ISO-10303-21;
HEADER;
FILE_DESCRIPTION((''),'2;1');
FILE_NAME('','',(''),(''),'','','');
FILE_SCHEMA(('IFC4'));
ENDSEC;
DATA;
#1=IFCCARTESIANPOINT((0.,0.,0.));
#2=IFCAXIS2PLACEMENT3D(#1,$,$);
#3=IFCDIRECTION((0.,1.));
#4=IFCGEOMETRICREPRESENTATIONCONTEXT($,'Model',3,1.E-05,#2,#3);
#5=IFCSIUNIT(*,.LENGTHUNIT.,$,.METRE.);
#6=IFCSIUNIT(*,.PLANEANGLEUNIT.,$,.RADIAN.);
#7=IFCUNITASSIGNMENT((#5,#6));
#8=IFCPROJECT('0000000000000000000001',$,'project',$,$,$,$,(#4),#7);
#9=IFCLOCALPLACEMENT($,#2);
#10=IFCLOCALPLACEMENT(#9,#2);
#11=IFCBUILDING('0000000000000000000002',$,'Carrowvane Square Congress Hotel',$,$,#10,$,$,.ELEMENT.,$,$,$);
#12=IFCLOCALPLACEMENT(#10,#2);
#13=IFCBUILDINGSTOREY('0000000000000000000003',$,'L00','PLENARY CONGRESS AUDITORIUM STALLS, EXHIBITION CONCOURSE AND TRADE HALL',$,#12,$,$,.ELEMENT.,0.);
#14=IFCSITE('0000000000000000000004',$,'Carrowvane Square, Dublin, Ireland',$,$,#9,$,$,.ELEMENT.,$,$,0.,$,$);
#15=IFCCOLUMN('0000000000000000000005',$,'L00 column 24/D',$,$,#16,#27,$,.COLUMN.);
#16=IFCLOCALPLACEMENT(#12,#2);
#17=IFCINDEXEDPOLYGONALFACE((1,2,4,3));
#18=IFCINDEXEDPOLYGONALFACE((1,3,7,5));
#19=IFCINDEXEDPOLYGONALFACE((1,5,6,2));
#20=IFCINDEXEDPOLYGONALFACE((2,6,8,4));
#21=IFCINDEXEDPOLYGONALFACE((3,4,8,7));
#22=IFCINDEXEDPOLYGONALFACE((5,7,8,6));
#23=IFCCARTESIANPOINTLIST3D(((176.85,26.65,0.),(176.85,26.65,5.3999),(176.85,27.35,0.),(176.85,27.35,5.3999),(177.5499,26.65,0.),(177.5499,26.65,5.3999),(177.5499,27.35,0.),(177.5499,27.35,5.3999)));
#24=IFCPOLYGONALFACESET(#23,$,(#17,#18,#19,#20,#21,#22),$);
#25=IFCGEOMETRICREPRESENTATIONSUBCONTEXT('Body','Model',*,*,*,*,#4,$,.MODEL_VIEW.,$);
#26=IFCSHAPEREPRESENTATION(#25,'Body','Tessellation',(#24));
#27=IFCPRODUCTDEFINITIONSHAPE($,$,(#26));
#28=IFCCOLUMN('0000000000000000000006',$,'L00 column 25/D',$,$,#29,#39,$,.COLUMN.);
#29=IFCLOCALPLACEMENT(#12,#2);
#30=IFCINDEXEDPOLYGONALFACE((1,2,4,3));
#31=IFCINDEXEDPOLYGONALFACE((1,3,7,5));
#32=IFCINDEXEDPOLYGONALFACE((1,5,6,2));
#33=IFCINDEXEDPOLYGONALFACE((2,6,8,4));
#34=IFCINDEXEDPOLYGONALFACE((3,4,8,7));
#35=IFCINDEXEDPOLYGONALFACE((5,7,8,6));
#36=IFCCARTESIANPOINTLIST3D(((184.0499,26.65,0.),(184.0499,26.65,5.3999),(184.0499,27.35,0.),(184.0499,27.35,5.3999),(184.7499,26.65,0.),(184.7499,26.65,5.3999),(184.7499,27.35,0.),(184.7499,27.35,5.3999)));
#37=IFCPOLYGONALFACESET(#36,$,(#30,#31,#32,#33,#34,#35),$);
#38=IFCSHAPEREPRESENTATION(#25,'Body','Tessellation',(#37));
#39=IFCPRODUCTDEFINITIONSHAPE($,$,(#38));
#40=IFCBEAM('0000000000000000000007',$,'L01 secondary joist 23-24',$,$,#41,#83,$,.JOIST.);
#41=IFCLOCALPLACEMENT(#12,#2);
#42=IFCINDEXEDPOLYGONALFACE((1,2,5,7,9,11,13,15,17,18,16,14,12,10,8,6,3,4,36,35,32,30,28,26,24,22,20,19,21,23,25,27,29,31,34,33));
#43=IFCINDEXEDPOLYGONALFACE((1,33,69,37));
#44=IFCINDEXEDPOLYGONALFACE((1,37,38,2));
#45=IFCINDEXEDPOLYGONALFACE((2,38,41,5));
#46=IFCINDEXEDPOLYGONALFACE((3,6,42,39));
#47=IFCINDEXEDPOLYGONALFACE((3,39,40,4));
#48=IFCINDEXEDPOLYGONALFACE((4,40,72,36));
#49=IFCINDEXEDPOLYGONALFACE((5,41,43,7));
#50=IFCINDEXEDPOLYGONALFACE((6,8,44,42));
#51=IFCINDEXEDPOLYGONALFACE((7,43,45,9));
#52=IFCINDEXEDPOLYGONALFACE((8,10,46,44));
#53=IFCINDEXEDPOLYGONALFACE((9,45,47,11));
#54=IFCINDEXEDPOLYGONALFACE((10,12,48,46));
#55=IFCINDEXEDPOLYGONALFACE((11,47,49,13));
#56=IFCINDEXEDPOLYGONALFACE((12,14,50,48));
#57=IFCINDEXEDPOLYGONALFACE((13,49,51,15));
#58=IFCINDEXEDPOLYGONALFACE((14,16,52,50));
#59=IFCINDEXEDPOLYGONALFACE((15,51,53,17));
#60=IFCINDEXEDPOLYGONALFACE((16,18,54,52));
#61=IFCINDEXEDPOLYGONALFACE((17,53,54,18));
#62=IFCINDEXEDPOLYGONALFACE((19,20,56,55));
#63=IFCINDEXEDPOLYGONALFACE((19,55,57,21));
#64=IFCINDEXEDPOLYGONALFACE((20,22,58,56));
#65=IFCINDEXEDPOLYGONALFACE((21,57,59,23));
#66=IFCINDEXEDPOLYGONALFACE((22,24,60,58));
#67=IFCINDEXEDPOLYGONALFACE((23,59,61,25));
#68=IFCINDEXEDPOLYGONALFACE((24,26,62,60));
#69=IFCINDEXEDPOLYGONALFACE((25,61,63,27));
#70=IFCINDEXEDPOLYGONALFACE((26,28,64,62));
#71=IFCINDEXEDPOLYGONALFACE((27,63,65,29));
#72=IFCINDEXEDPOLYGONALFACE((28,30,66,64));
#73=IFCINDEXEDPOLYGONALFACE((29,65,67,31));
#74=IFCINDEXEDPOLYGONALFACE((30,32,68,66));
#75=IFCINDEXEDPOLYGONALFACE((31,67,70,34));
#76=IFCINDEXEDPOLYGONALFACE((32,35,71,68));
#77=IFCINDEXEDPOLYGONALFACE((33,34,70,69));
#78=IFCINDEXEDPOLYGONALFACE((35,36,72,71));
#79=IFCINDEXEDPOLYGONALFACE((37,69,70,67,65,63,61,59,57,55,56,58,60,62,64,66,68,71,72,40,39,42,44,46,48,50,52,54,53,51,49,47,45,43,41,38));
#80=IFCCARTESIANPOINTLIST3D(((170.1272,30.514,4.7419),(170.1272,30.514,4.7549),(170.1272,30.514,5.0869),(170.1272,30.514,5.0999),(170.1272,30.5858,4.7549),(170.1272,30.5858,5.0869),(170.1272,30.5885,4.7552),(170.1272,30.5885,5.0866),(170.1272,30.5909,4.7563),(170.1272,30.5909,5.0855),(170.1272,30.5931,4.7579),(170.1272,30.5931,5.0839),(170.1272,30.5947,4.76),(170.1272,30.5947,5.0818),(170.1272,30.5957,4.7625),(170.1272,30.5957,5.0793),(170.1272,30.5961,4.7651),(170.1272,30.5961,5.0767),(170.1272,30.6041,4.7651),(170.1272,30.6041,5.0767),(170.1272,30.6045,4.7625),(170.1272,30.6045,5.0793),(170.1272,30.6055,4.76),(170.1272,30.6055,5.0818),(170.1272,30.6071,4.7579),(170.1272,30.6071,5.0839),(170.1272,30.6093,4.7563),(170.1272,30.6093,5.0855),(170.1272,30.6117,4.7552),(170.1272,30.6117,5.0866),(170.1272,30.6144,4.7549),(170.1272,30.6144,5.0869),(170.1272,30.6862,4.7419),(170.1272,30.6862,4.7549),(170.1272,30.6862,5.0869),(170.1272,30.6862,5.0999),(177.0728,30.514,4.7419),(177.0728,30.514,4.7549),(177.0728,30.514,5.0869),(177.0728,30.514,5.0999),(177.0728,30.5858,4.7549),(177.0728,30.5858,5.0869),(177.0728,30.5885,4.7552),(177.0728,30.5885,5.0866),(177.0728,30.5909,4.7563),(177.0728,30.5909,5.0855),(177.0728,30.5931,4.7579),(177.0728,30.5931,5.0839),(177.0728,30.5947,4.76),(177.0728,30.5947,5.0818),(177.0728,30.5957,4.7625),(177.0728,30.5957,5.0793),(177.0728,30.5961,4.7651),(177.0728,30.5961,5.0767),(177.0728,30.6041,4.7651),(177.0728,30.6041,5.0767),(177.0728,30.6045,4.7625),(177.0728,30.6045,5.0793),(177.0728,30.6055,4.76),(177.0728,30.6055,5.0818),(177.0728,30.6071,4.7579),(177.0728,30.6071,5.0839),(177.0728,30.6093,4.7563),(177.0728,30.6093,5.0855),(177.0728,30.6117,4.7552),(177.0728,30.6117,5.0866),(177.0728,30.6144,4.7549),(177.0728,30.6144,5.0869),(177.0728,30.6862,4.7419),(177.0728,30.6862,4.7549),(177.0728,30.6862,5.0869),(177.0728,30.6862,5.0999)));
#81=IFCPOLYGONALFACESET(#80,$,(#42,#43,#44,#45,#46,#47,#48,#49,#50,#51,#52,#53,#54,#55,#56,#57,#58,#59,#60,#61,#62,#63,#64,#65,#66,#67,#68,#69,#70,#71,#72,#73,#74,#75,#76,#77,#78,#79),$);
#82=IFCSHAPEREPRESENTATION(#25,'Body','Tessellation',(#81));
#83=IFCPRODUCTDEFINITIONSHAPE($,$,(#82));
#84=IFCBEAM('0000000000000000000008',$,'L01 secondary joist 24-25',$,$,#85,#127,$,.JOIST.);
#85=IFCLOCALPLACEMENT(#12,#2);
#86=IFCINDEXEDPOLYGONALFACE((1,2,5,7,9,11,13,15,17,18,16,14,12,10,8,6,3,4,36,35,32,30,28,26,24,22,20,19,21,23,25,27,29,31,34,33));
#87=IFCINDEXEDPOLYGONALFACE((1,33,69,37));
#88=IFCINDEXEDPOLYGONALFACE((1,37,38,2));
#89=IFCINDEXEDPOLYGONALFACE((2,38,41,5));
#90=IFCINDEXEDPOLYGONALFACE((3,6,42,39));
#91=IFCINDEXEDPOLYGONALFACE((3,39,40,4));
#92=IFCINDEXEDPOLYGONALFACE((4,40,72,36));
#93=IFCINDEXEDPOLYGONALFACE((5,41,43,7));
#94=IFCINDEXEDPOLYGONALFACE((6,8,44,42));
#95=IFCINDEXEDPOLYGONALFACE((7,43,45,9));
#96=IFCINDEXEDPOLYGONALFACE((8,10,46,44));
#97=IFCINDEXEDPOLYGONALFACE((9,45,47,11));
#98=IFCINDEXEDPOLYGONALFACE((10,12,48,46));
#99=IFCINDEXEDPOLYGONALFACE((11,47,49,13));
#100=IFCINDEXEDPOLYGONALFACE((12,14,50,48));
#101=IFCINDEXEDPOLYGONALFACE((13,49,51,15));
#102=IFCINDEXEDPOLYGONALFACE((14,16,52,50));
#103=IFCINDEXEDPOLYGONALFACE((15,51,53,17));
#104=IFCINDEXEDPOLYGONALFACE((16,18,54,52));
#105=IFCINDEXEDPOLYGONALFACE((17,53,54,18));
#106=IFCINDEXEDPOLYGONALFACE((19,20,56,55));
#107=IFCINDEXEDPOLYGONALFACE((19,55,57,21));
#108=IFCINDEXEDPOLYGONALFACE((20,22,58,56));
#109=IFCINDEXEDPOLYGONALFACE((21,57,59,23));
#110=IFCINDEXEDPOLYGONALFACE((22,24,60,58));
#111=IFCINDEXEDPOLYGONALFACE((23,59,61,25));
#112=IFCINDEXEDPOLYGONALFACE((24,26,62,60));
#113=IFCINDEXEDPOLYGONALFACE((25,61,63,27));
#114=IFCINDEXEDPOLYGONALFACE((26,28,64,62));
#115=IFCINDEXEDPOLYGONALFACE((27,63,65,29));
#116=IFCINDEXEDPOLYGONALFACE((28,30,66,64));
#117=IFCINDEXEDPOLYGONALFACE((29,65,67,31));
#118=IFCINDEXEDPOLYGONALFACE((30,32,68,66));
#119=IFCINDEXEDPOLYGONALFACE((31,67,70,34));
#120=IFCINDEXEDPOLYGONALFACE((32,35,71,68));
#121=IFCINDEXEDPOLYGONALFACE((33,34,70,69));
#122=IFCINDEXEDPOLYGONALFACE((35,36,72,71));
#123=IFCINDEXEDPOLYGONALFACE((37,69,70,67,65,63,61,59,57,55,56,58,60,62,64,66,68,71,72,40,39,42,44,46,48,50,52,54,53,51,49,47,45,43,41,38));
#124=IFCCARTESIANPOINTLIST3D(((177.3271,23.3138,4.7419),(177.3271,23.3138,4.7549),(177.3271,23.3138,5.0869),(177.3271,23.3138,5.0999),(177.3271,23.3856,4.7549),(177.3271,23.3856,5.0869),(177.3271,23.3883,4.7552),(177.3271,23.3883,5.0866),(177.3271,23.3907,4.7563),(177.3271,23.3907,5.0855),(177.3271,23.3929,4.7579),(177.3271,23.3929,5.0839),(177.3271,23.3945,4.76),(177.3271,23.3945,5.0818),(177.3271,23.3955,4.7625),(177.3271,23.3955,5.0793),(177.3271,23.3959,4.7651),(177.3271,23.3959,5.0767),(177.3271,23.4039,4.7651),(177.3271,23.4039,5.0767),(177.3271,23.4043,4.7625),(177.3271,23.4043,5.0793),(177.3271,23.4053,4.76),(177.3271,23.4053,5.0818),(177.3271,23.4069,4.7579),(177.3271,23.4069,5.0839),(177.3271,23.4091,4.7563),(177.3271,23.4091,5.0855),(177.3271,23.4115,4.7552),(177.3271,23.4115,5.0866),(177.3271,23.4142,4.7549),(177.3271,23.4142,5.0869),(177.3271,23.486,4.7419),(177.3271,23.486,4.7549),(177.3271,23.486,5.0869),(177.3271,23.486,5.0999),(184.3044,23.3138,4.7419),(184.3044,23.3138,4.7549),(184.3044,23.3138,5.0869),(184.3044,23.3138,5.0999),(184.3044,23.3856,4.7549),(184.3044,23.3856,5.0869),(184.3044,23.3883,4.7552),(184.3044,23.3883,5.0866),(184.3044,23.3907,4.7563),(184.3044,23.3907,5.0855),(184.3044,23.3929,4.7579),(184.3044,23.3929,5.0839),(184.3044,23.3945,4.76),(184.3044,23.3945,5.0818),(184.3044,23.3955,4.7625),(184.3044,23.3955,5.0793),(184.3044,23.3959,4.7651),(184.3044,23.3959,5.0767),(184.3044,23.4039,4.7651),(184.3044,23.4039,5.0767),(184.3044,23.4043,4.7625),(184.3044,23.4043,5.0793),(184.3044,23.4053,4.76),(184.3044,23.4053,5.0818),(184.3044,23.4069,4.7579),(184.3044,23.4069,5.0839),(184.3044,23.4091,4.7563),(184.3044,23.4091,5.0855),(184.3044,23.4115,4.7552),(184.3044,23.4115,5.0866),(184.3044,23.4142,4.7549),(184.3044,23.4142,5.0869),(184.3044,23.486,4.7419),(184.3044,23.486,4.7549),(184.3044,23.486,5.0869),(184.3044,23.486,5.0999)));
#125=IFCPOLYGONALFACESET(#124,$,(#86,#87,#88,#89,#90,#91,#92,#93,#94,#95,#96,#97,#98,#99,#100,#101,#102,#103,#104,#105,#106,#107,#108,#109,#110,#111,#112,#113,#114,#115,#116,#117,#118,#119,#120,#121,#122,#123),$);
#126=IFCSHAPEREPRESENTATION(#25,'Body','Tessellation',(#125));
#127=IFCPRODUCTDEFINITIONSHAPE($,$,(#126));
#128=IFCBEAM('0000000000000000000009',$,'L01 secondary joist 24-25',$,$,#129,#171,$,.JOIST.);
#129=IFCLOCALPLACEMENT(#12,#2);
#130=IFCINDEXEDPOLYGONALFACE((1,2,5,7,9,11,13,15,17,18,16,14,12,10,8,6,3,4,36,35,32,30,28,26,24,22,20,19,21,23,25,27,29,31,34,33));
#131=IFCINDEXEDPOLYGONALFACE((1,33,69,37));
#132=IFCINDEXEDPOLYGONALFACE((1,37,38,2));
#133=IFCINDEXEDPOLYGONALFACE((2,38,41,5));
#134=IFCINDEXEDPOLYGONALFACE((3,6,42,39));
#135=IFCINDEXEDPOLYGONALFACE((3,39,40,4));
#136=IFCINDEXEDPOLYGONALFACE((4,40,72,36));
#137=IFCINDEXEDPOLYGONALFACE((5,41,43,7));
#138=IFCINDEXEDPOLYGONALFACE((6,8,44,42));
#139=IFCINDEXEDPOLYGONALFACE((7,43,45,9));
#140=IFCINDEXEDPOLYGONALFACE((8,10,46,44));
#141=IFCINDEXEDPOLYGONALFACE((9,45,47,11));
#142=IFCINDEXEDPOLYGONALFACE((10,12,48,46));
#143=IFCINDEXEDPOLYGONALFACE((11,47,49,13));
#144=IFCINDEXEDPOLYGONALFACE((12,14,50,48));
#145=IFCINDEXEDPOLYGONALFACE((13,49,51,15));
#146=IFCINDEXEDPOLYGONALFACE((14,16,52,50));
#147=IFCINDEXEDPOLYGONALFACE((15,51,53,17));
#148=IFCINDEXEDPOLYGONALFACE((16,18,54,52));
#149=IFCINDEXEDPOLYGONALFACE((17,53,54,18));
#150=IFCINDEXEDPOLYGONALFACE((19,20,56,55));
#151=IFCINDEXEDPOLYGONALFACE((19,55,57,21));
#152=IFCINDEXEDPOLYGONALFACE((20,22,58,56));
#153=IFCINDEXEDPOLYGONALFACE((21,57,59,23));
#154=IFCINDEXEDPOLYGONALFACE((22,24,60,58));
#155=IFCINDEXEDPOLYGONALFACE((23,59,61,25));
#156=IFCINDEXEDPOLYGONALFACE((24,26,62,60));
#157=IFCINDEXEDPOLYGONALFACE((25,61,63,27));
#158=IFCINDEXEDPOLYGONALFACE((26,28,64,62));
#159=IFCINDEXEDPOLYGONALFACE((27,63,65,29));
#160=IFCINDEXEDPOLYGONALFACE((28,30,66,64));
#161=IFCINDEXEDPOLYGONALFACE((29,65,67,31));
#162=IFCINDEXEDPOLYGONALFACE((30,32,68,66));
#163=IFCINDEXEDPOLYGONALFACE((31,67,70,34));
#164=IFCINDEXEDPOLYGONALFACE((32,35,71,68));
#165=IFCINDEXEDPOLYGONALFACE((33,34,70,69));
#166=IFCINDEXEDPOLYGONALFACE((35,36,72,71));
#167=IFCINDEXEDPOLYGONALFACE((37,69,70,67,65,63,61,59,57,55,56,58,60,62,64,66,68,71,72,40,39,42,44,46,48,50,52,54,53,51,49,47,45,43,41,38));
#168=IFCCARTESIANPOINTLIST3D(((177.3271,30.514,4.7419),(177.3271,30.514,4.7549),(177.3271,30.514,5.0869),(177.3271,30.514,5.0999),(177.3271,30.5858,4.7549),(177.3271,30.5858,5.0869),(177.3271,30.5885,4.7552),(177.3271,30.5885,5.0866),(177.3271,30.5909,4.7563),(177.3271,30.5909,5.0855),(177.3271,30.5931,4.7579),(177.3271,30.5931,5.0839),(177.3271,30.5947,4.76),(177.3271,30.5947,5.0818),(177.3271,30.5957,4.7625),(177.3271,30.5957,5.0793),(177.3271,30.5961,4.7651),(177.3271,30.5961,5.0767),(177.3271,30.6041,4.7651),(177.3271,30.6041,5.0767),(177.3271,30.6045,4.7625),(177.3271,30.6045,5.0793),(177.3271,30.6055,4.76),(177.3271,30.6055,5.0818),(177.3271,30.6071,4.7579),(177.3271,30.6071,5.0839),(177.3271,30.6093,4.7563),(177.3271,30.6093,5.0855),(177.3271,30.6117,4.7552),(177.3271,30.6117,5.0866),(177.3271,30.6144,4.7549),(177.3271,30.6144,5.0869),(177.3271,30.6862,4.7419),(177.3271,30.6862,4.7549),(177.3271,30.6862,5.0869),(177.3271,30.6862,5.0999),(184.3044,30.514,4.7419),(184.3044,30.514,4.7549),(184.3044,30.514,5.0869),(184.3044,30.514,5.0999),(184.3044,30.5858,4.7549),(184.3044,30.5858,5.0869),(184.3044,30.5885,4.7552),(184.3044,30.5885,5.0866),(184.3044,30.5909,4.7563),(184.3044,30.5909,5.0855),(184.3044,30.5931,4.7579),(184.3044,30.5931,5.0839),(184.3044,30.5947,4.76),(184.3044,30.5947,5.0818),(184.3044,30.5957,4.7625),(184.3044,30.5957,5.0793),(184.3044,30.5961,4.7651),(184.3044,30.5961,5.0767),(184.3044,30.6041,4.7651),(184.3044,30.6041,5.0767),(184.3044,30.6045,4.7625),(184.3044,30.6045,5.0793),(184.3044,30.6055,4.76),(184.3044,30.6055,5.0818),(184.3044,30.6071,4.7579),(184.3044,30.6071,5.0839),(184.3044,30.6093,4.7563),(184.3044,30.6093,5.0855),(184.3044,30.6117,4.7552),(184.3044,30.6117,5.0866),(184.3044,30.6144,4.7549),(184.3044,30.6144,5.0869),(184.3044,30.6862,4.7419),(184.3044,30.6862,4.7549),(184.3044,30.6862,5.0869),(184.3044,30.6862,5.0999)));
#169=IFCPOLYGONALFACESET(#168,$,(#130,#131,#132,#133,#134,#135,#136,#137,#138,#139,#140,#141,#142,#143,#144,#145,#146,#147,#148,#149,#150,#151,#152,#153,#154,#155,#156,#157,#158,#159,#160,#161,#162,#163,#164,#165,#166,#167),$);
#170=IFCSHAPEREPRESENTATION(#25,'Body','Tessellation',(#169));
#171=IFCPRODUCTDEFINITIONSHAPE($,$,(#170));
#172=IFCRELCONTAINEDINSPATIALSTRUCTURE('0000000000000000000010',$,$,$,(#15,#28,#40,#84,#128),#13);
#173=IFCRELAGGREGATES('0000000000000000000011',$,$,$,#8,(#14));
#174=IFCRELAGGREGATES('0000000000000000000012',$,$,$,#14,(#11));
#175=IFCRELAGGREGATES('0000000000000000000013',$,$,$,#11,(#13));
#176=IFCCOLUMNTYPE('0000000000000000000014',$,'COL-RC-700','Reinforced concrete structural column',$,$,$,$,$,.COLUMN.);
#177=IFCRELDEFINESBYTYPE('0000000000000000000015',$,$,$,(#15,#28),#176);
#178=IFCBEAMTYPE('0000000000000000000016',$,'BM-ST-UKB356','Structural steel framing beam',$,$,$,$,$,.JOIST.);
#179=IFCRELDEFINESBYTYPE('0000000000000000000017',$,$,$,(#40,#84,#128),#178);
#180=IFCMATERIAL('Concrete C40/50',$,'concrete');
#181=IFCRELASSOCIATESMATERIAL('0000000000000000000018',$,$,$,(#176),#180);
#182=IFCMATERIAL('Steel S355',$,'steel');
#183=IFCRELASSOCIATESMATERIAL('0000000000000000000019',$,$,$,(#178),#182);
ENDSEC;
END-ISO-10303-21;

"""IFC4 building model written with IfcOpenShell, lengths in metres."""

from ifc_helpers import new_model, si_unit, direction, frame, origin, origin_2d, place, context, subcontext, project, spatial, rectangle, i_section, extrude, material, material_profile, profile_set, type_object, element, save


model = new_model("IFC4")

# Units and contexts
model_context = context("Model", 3, precision=1e-05, world=origin(), true_north=direction((0.0, 1.0)))
body_context = subcontext(model_context, "Body", "Model", "MODEL_VIEW")
ifc_project = project(units=[si_unit("LENGTHUNIT", "METRE"), si_unit("PLANEANGLEUNIT", "RADIAN")], contexts=[model_context])

# Site, building, storey
site_placement = place(None, origin())
site = spatial("IfcSite", under=ifc_project, at=site_placement, Name="Carrowvane Square, Dublin, Ireland", CompositionType="ELEMENT", RefElevation=0.0)
building_placement = place(site_placement, origin())
building = spatial("IfcBuilding", under=site, at=building_placement, Name="Carrowvane Square Congress Hotel", CompositionType="ELEMENT")
storey_placement = place(building_placement, origin())
storey = spatial("IfcBuildingStorey", under=building, at=storey_placement, Name="L00", Description="PLENARY CONGRESS AUDITORIUM STALLS, EXHIBITION CONCOURSE AND TRADE HALL", CompositionType="ELEMENT", Elevation=0.0)

# Columns
ifc_material_1 = material(Name="Concrete C40/50", Category="concrete")
ifc_material_profile_1 = material_profile(ifc_material_1, rectangle(XDim=0.7, YDim=0.7, at=origin_2d()), Name="RC 700x700")
ifc_profile_set_1 = profile_set([ifc_material_profile_1], Name="Concrete C40/50")
column_type = type_object("IfcColumnType", Name="COL-RC-700", Description="Reinforced concrete structural column", PredefinedType="COLUMN", material=ifc_profile_set_1)
for number, where, z_axis, x_axis, name in (
    (1, (177.2, 27.0, 0.0), (0.0, 0.0, 1.0), (1.0, 0.0, 0.0), "L00 column 24/D"),
    (2, (184.3999, 27.0, 0.0), (0.0, 0.0, 1.0), (1.0, 0.0, 0.0), "L00 column 25/D"),
):
    element("IfcColumn", number, at=place(storey_placement, frame(where, z_axis=z_axis, x_axis=x_axis)), inside=storey, type_object=column_type, Name=name, PredefinedType="COLUMN", context=body_context, shape_type="SweptSolid", body=[
        extrude(rectangle(XDim=0.7, YDim=0.7, at=origin_2d()), origin(), (0.0, 0.0, 1.0), 5.3999),
    ])

# Beams
ifc_material_2 = material(Name="Steel S355", Category="steel")
ifc_material_profile_2 = material_profile(ifc_material_2, i_section(OverallWidth=0.1721, OverallDepth=0.3579, WebThickness=0.0081, FlangeThickness=0.0129, FilletRadius=0.0103, at=origin_2d()), Name="UKB 356x171x57")
ifc_profile_set_2 = profile_set([ifc_material_profile_2], Name="Steel S355")
beam_type_1 = type_object("IfcBeamType", Name="BM-ST-UKB356", Description="Structural steel framing beam", PredefinedType="JOIST", material=ifc_profile_set_2)
beam_1_placement = place(storey_placement, frame((170.1272, 30.6001, 4.9209), z_axis=(1.0, 0.0, 0.0), x_axis=(0.0, 1.0, 0.0)))
element("IfcBeam", 3, at=beam_1_placement, inside=storey, type_object=beam_type_1, Name="L01 secondary joist 23-24", PredefinedType="JOIST", context=body_context, shape_type="SweptSolid", body=[
    extrude(i_section(OverallWidth=0.1721, OverallDepth=0.3579, WebThickness=0.0081, FlangeThickness=0.0129, FilletRadius=0.0103, at=origin_2d()), origin(), (0.0, 0.0, 1.0), 6.9456),
])
for number, where, z_axis, x_axis, name in (
    (4, (177.3271, 23.3999, 4.9209), (1.0, 0.0, 0.0), (0.0, 1.0, 0.0), "L01 secondary joist 24-25"),
    (5, (177.3271, 30.6001, 4.9209), (1.0, 0.0, 0.0), (0.0, 1.0, 0.0), "L01 secondary joist 24-25"),
):
    element("IfcBeam", number, at=place(storey_placement, frame(where, z_axis=z_axis, x_axis=x_axis)), inside=storey, type_object=beam_type_1, Name=name, PredefinedType="JOIST", context=body_context, shape_type="SweptSolid", body=[
        extrude(i_section(OverallWidth=0.1721, OverallDepth=0.3579, WebThickness=0.0081, FlangeThickness=0.0129, FilletRadius=0.0103, at=origin_2d()), origin(), (0.0, 0.0, 1.0), 6.9773),
    ])

save(model, "model.ifc")
